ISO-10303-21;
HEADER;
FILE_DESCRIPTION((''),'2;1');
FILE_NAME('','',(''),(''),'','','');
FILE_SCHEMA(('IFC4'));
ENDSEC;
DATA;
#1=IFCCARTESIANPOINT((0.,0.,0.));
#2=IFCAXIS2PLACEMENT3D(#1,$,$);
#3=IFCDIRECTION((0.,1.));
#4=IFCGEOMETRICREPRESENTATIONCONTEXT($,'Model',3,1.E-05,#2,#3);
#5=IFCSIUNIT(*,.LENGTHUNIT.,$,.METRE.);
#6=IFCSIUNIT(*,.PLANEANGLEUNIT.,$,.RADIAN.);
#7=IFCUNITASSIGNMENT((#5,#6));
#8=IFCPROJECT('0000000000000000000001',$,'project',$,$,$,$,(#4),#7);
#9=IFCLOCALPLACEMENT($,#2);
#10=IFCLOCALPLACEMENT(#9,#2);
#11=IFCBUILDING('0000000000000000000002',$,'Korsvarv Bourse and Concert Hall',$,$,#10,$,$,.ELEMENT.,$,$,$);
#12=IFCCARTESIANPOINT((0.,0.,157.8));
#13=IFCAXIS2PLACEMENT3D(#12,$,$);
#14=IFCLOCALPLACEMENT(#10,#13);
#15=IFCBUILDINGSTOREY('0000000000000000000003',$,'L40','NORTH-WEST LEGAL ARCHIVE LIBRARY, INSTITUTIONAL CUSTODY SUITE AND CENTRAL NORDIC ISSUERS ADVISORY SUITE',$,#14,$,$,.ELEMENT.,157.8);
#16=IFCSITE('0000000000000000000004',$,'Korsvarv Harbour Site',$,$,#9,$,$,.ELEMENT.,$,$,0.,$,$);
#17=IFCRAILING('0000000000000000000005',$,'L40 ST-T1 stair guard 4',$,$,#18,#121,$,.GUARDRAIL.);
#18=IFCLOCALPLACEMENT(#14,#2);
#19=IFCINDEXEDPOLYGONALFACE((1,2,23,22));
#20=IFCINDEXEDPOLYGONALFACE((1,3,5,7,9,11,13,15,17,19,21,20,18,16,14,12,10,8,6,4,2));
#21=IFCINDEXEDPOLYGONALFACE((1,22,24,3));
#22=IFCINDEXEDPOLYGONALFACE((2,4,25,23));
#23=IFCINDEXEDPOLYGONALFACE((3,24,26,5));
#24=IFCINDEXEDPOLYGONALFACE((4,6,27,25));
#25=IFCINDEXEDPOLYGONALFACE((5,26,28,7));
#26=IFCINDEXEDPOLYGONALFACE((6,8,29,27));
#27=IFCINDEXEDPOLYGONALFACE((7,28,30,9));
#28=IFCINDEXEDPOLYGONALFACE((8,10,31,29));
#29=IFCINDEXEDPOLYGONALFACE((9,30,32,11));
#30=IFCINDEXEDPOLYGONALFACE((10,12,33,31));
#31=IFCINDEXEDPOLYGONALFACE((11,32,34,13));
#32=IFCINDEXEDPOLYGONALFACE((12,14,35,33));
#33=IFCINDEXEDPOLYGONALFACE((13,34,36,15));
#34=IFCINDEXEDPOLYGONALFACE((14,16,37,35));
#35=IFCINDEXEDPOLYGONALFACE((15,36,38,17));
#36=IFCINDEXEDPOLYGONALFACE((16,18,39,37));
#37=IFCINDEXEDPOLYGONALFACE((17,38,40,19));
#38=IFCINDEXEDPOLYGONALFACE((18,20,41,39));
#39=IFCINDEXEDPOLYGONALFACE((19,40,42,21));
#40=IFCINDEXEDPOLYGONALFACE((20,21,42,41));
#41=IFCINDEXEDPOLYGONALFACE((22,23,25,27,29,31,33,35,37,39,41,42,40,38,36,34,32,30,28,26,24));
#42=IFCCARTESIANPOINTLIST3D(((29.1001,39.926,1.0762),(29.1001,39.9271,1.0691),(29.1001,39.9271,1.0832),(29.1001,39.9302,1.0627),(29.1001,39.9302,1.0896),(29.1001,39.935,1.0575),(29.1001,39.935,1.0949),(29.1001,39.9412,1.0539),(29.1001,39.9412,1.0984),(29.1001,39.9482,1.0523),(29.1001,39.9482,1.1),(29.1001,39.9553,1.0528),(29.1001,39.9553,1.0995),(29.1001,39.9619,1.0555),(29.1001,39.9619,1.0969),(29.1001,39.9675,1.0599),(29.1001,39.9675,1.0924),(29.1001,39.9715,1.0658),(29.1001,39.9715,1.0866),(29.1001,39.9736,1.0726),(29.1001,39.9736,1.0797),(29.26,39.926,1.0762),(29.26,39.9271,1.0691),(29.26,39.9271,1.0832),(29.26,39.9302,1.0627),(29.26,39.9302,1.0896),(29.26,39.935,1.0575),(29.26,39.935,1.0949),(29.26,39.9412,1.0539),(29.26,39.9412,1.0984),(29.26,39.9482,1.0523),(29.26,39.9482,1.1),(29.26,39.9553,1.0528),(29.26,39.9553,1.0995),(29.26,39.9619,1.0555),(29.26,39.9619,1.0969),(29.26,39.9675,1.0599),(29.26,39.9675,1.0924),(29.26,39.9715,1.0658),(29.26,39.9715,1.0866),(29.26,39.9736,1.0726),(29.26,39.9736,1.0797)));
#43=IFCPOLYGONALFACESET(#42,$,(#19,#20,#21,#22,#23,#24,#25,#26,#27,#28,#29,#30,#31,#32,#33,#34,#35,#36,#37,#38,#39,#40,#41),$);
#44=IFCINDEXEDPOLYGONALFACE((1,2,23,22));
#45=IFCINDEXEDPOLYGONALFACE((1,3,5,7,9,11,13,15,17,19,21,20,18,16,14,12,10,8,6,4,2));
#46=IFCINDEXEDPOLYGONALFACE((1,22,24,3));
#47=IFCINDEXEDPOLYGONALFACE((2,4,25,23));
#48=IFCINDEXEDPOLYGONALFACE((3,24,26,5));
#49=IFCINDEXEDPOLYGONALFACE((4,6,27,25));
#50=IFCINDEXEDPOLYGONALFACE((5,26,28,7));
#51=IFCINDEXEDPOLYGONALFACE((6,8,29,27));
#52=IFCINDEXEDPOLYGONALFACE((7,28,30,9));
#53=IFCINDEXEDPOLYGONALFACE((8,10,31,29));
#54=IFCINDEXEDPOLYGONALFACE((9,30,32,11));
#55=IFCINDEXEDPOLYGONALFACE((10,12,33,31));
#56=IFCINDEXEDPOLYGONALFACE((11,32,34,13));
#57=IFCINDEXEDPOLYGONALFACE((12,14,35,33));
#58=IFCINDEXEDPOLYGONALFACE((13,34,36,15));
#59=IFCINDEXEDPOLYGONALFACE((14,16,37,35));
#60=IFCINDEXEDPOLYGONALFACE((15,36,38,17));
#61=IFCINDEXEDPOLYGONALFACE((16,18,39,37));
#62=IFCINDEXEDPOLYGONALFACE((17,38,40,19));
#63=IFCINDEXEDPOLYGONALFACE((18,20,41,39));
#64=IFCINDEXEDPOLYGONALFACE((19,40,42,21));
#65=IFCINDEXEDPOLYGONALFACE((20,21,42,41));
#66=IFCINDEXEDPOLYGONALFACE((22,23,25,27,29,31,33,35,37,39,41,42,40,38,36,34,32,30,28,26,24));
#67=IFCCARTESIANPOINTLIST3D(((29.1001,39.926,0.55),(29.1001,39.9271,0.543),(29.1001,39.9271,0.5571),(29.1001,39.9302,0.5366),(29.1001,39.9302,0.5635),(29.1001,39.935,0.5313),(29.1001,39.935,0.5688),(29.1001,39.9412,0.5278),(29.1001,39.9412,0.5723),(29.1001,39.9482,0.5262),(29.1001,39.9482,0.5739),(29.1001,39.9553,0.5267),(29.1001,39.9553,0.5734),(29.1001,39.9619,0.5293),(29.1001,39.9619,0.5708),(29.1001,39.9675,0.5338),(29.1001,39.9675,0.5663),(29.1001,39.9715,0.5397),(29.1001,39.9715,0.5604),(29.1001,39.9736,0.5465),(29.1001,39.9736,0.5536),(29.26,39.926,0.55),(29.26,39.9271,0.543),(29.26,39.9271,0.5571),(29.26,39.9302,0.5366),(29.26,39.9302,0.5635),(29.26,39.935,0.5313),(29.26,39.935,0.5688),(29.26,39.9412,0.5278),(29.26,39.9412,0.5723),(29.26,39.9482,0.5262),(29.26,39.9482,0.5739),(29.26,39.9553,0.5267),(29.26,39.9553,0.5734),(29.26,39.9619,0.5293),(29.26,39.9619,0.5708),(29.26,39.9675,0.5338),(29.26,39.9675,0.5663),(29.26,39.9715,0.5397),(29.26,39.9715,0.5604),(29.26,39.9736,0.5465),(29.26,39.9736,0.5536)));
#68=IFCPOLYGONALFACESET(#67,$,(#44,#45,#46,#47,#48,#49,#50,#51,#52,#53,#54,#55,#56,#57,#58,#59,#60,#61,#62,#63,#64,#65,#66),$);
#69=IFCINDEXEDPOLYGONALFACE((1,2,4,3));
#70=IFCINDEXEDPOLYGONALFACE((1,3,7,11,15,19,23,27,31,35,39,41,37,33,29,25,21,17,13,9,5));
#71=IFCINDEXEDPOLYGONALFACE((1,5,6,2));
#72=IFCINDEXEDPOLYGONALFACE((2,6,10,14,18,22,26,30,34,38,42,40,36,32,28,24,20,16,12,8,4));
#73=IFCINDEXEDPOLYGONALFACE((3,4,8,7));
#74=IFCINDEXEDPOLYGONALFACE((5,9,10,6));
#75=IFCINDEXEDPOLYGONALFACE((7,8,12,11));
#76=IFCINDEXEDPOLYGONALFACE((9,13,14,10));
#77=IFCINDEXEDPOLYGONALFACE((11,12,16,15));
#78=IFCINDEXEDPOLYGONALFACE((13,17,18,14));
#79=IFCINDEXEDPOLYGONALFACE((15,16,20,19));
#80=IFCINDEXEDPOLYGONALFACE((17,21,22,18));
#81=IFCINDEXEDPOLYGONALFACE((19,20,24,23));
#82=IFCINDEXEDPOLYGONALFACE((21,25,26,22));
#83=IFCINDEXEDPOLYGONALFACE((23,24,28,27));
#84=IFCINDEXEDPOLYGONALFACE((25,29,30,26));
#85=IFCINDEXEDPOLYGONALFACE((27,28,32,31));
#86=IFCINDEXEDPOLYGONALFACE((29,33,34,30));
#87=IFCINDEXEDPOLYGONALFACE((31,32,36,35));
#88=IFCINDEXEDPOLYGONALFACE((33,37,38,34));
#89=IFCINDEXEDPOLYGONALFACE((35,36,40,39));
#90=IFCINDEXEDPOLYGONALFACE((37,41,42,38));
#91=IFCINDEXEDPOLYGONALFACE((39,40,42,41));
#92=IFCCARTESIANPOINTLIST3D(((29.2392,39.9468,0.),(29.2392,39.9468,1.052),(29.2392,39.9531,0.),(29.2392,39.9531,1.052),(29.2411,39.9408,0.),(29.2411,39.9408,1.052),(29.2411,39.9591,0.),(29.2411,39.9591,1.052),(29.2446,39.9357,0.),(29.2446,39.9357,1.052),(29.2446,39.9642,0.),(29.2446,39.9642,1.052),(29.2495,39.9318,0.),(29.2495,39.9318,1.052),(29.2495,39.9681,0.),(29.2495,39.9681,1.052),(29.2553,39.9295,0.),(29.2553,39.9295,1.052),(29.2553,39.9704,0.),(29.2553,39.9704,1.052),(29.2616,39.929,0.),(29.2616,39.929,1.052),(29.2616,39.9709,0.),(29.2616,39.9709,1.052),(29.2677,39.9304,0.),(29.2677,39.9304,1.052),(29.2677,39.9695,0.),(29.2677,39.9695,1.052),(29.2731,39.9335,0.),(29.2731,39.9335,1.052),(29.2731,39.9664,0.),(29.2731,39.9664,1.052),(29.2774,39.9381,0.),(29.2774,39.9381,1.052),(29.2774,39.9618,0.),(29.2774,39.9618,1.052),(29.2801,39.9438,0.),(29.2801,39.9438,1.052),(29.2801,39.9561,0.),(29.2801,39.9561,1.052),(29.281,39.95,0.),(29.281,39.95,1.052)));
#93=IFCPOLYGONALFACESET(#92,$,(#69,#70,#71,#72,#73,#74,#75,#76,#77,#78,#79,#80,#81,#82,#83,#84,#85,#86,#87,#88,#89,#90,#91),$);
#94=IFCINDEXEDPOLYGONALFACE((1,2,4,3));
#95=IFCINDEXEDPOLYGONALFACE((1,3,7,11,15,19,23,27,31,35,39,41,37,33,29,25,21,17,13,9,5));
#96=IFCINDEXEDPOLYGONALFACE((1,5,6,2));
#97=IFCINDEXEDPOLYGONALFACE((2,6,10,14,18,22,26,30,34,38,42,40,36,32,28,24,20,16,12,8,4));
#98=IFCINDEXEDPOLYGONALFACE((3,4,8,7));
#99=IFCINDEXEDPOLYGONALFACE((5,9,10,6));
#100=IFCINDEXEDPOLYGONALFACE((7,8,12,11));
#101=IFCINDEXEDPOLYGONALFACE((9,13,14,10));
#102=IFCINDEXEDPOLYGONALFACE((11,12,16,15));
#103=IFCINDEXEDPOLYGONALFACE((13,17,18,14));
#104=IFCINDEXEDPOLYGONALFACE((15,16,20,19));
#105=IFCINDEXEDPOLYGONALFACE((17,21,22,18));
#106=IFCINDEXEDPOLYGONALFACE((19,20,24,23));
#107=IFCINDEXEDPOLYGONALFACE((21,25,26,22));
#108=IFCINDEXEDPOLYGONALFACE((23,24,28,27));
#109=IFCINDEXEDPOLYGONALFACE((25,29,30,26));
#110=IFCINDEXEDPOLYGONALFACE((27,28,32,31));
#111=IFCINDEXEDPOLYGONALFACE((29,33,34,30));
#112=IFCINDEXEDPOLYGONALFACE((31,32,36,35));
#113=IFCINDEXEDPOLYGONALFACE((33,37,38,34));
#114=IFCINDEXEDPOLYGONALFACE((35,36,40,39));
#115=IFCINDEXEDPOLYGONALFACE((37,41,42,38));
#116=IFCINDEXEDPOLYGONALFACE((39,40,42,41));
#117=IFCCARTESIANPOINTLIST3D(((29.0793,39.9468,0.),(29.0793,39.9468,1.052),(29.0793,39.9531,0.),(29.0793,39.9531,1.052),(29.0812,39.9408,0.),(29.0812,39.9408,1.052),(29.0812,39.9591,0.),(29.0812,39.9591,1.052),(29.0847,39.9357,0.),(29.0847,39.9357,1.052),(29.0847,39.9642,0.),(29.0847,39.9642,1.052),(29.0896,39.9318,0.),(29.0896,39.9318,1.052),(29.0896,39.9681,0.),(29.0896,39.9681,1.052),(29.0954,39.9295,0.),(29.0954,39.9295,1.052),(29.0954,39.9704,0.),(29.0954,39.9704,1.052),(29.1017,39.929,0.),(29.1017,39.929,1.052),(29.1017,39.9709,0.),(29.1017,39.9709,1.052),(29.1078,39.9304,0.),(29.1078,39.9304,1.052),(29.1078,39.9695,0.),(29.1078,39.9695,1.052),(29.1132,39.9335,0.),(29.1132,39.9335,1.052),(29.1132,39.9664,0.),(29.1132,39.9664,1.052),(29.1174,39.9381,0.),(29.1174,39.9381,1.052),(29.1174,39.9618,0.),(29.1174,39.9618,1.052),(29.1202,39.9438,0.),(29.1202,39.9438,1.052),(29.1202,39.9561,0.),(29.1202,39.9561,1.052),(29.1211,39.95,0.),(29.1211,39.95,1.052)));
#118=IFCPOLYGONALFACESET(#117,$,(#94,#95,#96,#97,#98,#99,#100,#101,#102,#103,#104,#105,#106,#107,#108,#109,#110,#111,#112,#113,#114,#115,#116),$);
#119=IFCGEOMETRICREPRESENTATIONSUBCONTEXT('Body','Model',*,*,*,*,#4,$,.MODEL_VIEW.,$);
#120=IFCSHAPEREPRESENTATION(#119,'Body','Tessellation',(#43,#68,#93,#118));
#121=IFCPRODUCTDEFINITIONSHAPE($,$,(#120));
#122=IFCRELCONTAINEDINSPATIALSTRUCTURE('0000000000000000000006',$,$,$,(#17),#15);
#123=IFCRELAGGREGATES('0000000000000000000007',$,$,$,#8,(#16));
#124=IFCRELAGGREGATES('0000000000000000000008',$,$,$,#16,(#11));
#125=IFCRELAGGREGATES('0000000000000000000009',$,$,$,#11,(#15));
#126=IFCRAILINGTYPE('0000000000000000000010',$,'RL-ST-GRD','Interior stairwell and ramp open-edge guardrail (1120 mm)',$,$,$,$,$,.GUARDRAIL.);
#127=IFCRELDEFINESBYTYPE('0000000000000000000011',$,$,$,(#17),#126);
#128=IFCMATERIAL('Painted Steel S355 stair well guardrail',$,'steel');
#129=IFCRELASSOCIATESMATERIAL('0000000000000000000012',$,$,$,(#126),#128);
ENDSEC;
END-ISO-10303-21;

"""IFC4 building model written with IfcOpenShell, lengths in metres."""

from ifc_helpers import new_model, si_unit, direction, frame, origin, origin_2d, place, context, subcontext, project, spatial, circle, extrude, material, type_object, element, save


model = new_model("IFC4")

# Units and contexts
model_context = context("Model", 3, precision=1e-05, world=origin(), true_north=direction((0.0, 1.0)))
body_context = subcontext(model_context, "Body", "Model", "MODEL_VIEW")
ifc_project = project(units=[si_unit("LENGTHUNIT", "METRE"), si_unit("PLANEANGLEUNIT", "RADIAN")], contexts=[model_context])

# Site, building, storey
site_placement = place(None, origin())
site = spatial("IfcSite", under=ifc_project, at=site_placement, Name="Korsvarv Harbour Site", CompositionType="ELEMENT", RefElevation=0.0)
building_placement = place(site_placement, origin())
building = spatial("IfcBuilding", under=site, at=building_placement, Name="Korsvarv Bourse and Concert Hall", CompositionType="ELEMENT")
storey_placement = place(building_placement, frame((0.0, 0.0, 157.8)))
storey = spatial("IfcBuildingStorey", under=building, at=storey_placement, Name="L40", Description="NORTH-WEST LEGAL ARCHIVE LIBRARY, INSTITUTIONAL CUSTODY SUITE AND CENTRAL NORDIC ISSUERS ADVISORY SUITE", CompositionType="ELEMENT", Elevation=157.8)

# Railing
ifc_material_1 = material(Name="Painted Steel S355 stair well guardrail", Category="steel")
railing_type_1 = type_object("IfcRailingType", Name="RL-ST-GRD", Description="Interior stairwell and ramp open-edge guardrail (1120 mm)", PredefinedType="GUARDRAIL", material=ifc_material_1)
railing_1_placement = place(storey_placement, frame((29.26, 39.95, 0.0)))
element("IfcRailing", 1, at=railing_1_placement, inside=storey, type_object=railing_type_1, Name="L40 ST-T1 stair guard 4", PredefinedType="GUARDRAIL", context=body_context, shape_type="SweptSolid", body=[
    extrude(circle(Radius=0.0239, at=origin_2d()), frame((0.0, 0.0, 1.0762), z_axis=(-1.0, 0.0, 0.0), x_axis=(0.0, -1.0, 0.0)), (0.0, 0.0, 1.0), 0.1599),
    extrude(circle(Radius=0.0239, at=origin_2d()), frame((0.0, 0.0, 0.55), z_axis=(-1.0, 0.0, 0.0), x_axis=(0.0, -1.0, 0.0)), (0.0, 0.0, 1.0), 0.1599),
    extrude(circle(Radius=0.021, at=origin_2d()), origin(), (0.0, 0.0, 1.0), 1.052),
    extrude(circle(Radius=0.021, at=origin_2d()), frame((-0.1599, 0.0, 0.0)), (0.0, 0.0, 1.0), 1.052),
])

save(model, "model.ifc")
